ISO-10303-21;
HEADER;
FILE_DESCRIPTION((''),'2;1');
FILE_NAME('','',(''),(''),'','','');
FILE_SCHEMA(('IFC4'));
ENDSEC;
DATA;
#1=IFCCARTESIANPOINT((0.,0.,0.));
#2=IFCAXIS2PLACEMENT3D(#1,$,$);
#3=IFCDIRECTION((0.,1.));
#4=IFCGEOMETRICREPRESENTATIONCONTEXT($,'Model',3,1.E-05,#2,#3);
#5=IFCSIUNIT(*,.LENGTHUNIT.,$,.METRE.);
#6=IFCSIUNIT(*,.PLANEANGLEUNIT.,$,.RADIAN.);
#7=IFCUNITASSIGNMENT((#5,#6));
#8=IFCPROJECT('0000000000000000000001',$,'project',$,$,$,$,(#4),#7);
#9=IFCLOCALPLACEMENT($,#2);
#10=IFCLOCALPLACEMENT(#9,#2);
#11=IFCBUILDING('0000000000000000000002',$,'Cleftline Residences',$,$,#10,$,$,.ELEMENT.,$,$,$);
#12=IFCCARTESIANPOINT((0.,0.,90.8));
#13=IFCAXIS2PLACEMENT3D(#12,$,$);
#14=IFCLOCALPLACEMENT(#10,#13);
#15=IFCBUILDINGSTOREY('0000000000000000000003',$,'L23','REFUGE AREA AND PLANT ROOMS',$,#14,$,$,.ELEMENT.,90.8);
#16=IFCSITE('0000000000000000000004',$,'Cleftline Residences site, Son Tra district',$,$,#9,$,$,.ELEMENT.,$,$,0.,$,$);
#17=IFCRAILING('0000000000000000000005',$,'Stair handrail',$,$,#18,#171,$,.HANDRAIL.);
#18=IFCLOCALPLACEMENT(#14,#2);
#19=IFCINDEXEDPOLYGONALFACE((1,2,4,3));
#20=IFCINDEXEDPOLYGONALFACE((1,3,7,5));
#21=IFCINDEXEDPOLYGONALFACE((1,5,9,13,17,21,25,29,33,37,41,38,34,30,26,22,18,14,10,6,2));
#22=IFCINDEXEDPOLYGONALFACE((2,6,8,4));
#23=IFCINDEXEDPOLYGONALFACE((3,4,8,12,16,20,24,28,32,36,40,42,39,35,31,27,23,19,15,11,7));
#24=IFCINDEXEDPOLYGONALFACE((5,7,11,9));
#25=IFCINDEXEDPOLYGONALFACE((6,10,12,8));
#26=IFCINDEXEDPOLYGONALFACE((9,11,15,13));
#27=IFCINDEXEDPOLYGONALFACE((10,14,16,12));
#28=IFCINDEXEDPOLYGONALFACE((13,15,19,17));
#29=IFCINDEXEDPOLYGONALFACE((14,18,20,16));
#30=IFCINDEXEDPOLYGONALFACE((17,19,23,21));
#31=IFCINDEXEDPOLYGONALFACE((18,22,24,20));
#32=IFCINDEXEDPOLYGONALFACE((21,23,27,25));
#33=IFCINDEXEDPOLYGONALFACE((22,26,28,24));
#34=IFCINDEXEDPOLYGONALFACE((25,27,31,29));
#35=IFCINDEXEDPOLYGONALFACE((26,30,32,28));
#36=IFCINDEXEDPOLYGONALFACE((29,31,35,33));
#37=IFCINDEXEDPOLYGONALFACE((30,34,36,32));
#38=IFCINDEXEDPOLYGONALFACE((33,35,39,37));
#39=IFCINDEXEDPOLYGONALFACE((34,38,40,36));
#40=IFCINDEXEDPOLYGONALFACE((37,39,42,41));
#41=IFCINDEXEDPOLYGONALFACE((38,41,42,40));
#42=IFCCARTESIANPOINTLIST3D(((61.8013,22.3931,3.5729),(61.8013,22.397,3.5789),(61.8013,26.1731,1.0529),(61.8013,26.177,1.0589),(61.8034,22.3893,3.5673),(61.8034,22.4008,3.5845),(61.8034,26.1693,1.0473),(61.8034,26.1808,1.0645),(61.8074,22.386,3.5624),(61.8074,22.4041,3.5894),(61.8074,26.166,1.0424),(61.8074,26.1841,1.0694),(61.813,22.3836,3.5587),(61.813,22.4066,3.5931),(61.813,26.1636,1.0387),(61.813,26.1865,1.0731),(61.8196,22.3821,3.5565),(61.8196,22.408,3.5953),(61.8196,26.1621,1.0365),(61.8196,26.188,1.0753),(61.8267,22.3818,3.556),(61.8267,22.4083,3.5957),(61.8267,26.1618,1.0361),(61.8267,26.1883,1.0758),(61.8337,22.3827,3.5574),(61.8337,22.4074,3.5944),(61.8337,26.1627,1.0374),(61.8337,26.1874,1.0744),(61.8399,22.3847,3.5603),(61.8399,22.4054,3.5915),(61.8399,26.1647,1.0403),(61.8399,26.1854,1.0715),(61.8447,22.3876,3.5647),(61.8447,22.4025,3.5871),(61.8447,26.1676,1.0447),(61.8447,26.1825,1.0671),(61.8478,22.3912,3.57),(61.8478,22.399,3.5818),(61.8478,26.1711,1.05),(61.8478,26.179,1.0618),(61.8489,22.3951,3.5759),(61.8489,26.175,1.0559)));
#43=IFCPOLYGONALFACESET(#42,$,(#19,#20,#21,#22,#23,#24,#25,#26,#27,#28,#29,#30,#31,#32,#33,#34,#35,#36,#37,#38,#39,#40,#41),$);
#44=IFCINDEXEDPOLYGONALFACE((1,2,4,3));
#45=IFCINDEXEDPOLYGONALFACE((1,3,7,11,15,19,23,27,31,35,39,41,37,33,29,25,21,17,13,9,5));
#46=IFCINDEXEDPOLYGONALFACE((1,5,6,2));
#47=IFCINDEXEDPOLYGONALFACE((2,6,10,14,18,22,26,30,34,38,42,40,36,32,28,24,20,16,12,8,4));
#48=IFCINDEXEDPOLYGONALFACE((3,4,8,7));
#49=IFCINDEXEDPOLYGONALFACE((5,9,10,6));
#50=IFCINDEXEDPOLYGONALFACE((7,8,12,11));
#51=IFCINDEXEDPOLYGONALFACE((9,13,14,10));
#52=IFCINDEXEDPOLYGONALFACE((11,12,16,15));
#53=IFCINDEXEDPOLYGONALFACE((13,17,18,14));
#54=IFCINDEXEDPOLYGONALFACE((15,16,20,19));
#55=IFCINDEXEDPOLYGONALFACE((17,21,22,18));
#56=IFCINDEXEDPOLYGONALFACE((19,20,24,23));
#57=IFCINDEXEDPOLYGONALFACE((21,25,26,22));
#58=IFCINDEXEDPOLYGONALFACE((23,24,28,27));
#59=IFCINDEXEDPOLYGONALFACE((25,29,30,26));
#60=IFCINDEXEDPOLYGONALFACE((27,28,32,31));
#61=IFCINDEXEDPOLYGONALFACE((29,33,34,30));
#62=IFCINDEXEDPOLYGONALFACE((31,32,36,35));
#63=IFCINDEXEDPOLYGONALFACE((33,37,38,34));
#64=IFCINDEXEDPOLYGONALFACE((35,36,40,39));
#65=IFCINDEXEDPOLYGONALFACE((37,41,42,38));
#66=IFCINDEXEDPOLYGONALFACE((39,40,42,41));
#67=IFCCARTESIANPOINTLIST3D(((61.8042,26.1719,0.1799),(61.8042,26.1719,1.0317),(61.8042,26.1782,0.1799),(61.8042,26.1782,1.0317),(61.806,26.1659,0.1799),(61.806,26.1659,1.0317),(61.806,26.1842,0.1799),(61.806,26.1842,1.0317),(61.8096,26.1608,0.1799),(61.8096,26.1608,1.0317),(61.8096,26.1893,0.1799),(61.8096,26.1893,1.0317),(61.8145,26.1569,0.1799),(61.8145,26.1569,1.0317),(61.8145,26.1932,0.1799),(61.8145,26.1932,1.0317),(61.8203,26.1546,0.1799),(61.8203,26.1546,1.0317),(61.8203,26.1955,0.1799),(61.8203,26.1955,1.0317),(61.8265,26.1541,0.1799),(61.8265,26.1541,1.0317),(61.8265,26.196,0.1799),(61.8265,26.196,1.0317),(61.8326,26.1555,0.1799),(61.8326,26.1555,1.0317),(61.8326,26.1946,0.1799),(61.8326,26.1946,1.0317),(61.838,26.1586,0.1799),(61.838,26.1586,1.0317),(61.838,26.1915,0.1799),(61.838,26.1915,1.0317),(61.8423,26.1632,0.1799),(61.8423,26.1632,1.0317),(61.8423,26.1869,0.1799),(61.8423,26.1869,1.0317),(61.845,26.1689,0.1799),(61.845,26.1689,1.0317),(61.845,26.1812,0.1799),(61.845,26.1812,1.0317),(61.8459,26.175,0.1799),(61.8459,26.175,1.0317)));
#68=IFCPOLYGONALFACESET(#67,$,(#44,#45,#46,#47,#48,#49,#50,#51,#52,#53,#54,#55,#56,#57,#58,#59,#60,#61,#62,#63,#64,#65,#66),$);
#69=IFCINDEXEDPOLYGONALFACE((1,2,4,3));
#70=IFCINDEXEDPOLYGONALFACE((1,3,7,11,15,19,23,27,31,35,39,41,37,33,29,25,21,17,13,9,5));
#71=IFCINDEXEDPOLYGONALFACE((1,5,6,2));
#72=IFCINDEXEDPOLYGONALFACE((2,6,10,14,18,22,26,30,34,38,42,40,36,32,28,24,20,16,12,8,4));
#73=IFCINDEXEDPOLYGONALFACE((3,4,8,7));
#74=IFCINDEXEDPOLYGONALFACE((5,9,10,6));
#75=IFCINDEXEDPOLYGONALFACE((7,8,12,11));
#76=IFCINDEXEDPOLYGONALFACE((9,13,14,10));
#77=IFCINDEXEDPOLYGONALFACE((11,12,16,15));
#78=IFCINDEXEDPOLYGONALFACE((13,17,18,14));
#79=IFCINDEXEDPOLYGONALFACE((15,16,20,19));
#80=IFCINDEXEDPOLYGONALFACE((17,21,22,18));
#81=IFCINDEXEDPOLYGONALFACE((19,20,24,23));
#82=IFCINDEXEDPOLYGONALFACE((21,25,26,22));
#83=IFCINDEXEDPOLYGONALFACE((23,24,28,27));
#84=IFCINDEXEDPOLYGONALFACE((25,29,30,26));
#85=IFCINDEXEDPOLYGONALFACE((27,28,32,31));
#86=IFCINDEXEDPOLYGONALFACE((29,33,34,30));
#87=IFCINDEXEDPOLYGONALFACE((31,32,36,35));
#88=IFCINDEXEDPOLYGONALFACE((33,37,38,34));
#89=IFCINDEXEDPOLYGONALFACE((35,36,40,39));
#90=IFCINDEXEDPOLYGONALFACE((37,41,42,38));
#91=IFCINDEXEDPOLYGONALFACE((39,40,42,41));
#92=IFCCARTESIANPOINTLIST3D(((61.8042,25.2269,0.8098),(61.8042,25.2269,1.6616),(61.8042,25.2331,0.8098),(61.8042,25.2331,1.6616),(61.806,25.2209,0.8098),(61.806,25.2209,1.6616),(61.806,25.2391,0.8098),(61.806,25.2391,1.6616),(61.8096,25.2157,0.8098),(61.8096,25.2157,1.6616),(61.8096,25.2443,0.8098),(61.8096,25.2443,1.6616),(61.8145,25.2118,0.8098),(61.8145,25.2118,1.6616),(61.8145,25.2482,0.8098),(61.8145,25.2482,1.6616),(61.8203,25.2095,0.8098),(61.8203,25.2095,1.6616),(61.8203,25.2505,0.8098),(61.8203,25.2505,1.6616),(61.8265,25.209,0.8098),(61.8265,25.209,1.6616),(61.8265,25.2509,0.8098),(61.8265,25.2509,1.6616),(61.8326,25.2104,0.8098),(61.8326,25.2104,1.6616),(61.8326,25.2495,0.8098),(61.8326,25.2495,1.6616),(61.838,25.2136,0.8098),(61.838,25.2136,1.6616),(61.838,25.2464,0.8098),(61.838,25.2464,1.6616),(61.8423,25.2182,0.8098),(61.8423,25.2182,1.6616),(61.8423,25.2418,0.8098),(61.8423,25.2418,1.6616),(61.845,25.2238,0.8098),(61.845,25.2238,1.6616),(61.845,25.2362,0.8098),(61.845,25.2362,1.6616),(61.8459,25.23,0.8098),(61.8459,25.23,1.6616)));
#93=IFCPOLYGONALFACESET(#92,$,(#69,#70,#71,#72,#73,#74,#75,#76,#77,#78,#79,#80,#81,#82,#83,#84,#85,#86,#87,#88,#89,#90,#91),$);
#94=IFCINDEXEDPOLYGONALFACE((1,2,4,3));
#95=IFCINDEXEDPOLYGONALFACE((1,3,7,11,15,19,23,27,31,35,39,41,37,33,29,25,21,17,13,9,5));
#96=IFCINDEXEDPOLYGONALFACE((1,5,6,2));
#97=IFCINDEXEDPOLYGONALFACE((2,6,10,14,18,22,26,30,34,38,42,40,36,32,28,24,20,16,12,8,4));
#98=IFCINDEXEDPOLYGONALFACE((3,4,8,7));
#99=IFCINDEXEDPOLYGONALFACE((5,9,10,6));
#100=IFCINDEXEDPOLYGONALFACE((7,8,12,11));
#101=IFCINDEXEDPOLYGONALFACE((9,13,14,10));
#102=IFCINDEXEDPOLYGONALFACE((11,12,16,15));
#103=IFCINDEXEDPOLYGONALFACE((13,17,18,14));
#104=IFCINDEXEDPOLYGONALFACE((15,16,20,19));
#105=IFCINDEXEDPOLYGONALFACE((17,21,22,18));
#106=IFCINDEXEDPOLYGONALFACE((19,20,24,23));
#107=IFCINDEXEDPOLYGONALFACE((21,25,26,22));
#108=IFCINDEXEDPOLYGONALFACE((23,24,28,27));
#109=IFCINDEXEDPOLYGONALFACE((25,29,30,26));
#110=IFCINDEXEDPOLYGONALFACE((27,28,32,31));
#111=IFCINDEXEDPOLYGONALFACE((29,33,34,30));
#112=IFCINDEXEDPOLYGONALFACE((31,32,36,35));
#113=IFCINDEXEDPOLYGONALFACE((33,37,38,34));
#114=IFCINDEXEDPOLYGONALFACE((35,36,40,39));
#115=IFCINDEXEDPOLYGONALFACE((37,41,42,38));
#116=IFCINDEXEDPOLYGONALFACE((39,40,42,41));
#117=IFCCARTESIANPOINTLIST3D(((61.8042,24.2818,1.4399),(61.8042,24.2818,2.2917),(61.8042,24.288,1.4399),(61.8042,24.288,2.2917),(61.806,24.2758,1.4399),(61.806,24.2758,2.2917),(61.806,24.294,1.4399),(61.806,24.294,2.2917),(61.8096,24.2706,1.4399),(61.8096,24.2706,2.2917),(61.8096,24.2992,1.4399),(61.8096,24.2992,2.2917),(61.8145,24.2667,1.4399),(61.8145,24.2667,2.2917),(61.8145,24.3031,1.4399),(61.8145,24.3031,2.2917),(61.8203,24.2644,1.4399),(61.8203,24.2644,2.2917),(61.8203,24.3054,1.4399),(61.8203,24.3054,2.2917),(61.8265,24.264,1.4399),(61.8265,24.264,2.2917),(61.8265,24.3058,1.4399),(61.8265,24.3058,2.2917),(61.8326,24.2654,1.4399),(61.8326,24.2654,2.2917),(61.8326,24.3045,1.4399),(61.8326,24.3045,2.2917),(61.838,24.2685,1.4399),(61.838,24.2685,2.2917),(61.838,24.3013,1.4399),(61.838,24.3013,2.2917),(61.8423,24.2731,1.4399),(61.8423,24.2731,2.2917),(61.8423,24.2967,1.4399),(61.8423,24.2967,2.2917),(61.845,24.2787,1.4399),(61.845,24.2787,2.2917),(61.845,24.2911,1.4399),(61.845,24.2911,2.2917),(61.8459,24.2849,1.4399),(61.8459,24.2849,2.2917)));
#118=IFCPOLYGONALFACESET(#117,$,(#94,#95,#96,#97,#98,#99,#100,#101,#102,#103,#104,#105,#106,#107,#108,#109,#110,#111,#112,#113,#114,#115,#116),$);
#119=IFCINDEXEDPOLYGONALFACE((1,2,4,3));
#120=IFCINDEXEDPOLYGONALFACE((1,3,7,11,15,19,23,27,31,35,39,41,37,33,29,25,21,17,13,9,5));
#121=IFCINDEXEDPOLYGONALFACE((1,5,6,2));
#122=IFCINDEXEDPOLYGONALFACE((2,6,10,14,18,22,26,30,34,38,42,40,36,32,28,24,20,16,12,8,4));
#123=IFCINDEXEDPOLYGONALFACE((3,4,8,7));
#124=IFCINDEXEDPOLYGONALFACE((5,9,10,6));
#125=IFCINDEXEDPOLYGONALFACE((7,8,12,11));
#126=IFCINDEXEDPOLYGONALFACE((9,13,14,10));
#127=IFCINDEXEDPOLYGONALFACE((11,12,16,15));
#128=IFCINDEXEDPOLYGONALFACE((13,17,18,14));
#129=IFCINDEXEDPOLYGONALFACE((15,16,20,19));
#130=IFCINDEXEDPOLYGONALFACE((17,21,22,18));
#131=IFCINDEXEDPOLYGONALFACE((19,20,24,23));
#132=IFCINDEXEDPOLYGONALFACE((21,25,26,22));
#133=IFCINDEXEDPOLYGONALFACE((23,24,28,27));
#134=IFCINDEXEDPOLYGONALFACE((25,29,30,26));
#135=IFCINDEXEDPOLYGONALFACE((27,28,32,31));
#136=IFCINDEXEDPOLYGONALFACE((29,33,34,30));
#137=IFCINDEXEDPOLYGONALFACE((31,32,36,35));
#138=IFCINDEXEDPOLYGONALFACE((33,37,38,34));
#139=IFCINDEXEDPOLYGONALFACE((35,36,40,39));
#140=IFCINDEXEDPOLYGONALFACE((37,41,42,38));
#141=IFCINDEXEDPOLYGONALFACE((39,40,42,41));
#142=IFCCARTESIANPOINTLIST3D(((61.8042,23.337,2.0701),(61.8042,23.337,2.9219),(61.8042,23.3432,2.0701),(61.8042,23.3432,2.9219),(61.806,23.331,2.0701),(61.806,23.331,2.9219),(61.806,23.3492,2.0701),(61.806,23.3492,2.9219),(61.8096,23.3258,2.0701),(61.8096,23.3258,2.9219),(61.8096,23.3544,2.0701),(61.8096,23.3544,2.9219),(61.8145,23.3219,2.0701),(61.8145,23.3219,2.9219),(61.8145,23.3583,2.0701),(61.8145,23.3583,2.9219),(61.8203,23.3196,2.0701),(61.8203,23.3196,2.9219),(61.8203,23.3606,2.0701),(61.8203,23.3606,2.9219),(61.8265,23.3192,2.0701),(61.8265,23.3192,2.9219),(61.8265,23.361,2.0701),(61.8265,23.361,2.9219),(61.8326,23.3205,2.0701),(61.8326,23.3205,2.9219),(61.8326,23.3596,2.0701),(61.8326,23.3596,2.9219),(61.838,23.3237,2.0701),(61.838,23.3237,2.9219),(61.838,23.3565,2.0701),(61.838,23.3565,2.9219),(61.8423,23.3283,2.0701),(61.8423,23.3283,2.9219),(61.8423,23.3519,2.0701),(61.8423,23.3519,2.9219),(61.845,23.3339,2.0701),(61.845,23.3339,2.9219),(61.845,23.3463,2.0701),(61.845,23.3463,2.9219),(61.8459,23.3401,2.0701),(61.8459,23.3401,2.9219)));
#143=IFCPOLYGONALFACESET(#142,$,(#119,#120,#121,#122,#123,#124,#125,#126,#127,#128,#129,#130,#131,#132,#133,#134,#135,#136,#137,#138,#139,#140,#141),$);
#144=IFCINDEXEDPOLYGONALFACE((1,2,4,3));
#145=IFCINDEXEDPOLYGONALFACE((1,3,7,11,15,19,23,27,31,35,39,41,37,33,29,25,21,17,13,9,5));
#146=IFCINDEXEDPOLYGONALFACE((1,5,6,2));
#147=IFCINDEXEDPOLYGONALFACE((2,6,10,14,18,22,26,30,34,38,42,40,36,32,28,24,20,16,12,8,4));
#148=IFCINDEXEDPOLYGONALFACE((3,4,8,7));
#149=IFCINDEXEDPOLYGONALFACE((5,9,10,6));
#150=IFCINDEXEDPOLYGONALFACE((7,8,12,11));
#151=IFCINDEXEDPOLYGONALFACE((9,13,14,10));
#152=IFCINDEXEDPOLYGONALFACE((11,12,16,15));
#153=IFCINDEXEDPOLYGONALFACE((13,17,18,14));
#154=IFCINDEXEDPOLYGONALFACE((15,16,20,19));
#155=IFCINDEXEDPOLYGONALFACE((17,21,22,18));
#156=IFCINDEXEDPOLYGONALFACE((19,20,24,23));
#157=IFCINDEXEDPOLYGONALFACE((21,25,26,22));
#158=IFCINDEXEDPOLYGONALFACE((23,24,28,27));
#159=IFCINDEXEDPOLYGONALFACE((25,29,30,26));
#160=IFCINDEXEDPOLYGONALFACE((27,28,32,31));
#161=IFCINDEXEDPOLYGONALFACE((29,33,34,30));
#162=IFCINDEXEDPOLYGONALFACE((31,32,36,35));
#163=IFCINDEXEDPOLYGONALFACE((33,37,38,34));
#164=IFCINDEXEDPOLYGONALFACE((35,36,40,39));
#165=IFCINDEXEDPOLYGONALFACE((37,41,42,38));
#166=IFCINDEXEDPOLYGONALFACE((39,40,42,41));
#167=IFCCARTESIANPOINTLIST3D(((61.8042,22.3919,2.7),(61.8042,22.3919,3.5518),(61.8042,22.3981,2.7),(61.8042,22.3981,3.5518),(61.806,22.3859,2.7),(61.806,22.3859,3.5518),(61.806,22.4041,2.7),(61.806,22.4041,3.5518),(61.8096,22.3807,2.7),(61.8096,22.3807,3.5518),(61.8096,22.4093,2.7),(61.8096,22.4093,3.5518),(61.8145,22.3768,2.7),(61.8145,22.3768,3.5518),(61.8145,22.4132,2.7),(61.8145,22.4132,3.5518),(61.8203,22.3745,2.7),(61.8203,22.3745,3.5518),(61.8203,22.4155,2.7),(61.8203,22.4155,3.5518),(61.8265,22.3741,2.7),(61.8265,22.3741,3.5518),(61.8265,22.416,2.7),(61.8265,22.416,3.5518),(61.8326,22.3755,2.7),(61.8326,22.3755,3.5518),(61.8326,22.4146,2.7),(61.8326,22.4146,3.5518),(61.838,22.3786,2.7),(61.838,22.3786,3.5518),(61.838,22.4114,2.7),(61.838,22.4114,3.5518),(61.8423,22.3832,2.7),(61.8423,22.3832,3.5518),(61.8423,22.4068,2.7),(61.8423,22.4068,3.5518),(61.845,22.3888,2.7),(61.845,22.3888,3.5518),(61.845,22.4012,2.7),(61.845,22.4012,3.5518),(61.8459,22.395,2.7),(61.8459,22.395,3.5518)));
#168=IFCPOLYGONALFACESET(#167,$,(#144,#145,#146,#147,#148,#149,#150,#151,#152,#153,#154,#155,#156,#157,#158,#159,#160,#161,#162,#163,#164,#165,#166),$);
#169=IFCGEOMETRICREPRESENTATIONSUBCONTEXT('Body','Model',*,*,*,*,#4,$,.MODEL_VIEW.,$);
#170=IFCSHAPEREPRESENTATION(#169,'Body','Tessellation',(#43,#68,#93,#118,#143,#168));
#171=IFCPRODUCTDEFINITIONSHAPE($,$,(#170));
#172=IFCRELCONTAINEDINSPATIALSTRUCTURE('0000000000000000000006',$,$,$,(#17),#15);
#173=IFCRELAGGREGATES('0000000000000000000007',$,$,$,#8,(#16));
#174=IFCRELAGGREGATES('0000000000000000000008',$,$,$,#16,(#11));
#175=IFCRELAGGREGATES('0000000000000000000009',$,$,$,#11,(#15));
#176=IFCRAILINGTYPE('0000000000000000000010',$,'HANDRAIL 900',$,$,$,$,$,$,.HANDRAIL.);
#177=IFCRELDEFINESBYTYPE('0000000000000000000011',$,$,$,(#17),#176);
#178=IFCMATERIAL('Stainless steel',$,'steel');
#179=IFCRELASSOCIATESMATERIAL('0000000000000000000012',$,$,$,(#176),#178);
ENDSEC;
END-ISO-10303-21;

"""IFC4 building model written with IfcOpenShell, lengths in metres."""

from ifc_helpers import new_model, si_unit, direction, frame, origin, origin_2d, place, context, subcontext, project, spatial, circle, extrude, material, type_object, element, save


model = new_model("IFC4")

# Units and contexts
model_context = context("Model", 3, precision=1e-05, world=origin(), true_north=direction((0.0, 1.0)))
body_context = subcontext(model_context, "Body", "Model", "MODEL_VIEW")
ifc_project = project(units=[si_unit("LENGTHUNIT", "METRE"), si_unit("PLANEANGLEUNIT", "RADIAN")], contexts=[model_context])

# Site, building, storey
site_placement = place(None, origin())
site = spatial("IfcSite", under=ifc_project, at=site_placement, Name="Cleftline Residences site, Son Tra district", CompositionType="ELEMENT", RefElevation=0.0)
building_placement = place(site_placement, origin())
building = spatial("IfcBuilding", under=site, at=building_placement, Name="Cleftline Residences", CompositionType="ELEMENT")
storey_placement = place(building_placement, frame((0.0, 0.0, 90.8)))
storey = spatial("IfcBuildingStorey", under=building, at=storey_placement, Name="L23", Description="REFUGE AREA AND PLANT ROOMS", CompositionType="ELEMENT", Elevation=90.8)

# Railing
ifc_material_1 = material(Name="Stainless steel", Category="steel")
railing_type = type_object("IfcRailingType", Name="HANDRAIL 900", PredefinedType="HANDRAIL", material=ifc_material_1)
railing_1_placement = place(storey_placement, frame((61.825, 26.175, 0.1799)))
element("IfcRailing", 1, at=railing_1_placement, inside=storey, type_object=railing_type, Name="Stair handrail", PredefinedType="HANDRAIL", context=body_context, shape_type="SweptSolid", body=[
    extrude(circle(Radius=0.0239, at=origin_2d()), frame((0.0, 0.0, 0.876), z_axis=(0.0, -0.83205, 0.5547), x_axis=(1.0, 0.0, 0.0)), (0.0, 0.0, 1.0), 4.543),
    extrude(circle(Radius=0.021, at=origin_2d()), origin(), (0.0, 0.0, 1.0), 0.8518),
    extrude(circle(Radius=0.021, at=origin_2d()), frame((0.0, -0.9451, 0.6299)), (0.0, 0.0, 1.0), 0.8518),
    extrude(circle(Radius=0.021, at=origin_2d()), frame((0.0, -1.8901, 1.26)), (0.0, 0.0, 1.0), 0.8518),
    extrude(circle(Radius=0.021, at=origin_2d()), frame((0.0, -2.835, 1.8901)), (0.0, 0.0, 1.0), 0.8518),
    extrude(circle(Radius=0.021, at=origin_2d()), frame((0.0, -3.78, 2.52)), (0.0, 0.0, 1.0), 0.8518),
])

save(model, "model.ifc")
